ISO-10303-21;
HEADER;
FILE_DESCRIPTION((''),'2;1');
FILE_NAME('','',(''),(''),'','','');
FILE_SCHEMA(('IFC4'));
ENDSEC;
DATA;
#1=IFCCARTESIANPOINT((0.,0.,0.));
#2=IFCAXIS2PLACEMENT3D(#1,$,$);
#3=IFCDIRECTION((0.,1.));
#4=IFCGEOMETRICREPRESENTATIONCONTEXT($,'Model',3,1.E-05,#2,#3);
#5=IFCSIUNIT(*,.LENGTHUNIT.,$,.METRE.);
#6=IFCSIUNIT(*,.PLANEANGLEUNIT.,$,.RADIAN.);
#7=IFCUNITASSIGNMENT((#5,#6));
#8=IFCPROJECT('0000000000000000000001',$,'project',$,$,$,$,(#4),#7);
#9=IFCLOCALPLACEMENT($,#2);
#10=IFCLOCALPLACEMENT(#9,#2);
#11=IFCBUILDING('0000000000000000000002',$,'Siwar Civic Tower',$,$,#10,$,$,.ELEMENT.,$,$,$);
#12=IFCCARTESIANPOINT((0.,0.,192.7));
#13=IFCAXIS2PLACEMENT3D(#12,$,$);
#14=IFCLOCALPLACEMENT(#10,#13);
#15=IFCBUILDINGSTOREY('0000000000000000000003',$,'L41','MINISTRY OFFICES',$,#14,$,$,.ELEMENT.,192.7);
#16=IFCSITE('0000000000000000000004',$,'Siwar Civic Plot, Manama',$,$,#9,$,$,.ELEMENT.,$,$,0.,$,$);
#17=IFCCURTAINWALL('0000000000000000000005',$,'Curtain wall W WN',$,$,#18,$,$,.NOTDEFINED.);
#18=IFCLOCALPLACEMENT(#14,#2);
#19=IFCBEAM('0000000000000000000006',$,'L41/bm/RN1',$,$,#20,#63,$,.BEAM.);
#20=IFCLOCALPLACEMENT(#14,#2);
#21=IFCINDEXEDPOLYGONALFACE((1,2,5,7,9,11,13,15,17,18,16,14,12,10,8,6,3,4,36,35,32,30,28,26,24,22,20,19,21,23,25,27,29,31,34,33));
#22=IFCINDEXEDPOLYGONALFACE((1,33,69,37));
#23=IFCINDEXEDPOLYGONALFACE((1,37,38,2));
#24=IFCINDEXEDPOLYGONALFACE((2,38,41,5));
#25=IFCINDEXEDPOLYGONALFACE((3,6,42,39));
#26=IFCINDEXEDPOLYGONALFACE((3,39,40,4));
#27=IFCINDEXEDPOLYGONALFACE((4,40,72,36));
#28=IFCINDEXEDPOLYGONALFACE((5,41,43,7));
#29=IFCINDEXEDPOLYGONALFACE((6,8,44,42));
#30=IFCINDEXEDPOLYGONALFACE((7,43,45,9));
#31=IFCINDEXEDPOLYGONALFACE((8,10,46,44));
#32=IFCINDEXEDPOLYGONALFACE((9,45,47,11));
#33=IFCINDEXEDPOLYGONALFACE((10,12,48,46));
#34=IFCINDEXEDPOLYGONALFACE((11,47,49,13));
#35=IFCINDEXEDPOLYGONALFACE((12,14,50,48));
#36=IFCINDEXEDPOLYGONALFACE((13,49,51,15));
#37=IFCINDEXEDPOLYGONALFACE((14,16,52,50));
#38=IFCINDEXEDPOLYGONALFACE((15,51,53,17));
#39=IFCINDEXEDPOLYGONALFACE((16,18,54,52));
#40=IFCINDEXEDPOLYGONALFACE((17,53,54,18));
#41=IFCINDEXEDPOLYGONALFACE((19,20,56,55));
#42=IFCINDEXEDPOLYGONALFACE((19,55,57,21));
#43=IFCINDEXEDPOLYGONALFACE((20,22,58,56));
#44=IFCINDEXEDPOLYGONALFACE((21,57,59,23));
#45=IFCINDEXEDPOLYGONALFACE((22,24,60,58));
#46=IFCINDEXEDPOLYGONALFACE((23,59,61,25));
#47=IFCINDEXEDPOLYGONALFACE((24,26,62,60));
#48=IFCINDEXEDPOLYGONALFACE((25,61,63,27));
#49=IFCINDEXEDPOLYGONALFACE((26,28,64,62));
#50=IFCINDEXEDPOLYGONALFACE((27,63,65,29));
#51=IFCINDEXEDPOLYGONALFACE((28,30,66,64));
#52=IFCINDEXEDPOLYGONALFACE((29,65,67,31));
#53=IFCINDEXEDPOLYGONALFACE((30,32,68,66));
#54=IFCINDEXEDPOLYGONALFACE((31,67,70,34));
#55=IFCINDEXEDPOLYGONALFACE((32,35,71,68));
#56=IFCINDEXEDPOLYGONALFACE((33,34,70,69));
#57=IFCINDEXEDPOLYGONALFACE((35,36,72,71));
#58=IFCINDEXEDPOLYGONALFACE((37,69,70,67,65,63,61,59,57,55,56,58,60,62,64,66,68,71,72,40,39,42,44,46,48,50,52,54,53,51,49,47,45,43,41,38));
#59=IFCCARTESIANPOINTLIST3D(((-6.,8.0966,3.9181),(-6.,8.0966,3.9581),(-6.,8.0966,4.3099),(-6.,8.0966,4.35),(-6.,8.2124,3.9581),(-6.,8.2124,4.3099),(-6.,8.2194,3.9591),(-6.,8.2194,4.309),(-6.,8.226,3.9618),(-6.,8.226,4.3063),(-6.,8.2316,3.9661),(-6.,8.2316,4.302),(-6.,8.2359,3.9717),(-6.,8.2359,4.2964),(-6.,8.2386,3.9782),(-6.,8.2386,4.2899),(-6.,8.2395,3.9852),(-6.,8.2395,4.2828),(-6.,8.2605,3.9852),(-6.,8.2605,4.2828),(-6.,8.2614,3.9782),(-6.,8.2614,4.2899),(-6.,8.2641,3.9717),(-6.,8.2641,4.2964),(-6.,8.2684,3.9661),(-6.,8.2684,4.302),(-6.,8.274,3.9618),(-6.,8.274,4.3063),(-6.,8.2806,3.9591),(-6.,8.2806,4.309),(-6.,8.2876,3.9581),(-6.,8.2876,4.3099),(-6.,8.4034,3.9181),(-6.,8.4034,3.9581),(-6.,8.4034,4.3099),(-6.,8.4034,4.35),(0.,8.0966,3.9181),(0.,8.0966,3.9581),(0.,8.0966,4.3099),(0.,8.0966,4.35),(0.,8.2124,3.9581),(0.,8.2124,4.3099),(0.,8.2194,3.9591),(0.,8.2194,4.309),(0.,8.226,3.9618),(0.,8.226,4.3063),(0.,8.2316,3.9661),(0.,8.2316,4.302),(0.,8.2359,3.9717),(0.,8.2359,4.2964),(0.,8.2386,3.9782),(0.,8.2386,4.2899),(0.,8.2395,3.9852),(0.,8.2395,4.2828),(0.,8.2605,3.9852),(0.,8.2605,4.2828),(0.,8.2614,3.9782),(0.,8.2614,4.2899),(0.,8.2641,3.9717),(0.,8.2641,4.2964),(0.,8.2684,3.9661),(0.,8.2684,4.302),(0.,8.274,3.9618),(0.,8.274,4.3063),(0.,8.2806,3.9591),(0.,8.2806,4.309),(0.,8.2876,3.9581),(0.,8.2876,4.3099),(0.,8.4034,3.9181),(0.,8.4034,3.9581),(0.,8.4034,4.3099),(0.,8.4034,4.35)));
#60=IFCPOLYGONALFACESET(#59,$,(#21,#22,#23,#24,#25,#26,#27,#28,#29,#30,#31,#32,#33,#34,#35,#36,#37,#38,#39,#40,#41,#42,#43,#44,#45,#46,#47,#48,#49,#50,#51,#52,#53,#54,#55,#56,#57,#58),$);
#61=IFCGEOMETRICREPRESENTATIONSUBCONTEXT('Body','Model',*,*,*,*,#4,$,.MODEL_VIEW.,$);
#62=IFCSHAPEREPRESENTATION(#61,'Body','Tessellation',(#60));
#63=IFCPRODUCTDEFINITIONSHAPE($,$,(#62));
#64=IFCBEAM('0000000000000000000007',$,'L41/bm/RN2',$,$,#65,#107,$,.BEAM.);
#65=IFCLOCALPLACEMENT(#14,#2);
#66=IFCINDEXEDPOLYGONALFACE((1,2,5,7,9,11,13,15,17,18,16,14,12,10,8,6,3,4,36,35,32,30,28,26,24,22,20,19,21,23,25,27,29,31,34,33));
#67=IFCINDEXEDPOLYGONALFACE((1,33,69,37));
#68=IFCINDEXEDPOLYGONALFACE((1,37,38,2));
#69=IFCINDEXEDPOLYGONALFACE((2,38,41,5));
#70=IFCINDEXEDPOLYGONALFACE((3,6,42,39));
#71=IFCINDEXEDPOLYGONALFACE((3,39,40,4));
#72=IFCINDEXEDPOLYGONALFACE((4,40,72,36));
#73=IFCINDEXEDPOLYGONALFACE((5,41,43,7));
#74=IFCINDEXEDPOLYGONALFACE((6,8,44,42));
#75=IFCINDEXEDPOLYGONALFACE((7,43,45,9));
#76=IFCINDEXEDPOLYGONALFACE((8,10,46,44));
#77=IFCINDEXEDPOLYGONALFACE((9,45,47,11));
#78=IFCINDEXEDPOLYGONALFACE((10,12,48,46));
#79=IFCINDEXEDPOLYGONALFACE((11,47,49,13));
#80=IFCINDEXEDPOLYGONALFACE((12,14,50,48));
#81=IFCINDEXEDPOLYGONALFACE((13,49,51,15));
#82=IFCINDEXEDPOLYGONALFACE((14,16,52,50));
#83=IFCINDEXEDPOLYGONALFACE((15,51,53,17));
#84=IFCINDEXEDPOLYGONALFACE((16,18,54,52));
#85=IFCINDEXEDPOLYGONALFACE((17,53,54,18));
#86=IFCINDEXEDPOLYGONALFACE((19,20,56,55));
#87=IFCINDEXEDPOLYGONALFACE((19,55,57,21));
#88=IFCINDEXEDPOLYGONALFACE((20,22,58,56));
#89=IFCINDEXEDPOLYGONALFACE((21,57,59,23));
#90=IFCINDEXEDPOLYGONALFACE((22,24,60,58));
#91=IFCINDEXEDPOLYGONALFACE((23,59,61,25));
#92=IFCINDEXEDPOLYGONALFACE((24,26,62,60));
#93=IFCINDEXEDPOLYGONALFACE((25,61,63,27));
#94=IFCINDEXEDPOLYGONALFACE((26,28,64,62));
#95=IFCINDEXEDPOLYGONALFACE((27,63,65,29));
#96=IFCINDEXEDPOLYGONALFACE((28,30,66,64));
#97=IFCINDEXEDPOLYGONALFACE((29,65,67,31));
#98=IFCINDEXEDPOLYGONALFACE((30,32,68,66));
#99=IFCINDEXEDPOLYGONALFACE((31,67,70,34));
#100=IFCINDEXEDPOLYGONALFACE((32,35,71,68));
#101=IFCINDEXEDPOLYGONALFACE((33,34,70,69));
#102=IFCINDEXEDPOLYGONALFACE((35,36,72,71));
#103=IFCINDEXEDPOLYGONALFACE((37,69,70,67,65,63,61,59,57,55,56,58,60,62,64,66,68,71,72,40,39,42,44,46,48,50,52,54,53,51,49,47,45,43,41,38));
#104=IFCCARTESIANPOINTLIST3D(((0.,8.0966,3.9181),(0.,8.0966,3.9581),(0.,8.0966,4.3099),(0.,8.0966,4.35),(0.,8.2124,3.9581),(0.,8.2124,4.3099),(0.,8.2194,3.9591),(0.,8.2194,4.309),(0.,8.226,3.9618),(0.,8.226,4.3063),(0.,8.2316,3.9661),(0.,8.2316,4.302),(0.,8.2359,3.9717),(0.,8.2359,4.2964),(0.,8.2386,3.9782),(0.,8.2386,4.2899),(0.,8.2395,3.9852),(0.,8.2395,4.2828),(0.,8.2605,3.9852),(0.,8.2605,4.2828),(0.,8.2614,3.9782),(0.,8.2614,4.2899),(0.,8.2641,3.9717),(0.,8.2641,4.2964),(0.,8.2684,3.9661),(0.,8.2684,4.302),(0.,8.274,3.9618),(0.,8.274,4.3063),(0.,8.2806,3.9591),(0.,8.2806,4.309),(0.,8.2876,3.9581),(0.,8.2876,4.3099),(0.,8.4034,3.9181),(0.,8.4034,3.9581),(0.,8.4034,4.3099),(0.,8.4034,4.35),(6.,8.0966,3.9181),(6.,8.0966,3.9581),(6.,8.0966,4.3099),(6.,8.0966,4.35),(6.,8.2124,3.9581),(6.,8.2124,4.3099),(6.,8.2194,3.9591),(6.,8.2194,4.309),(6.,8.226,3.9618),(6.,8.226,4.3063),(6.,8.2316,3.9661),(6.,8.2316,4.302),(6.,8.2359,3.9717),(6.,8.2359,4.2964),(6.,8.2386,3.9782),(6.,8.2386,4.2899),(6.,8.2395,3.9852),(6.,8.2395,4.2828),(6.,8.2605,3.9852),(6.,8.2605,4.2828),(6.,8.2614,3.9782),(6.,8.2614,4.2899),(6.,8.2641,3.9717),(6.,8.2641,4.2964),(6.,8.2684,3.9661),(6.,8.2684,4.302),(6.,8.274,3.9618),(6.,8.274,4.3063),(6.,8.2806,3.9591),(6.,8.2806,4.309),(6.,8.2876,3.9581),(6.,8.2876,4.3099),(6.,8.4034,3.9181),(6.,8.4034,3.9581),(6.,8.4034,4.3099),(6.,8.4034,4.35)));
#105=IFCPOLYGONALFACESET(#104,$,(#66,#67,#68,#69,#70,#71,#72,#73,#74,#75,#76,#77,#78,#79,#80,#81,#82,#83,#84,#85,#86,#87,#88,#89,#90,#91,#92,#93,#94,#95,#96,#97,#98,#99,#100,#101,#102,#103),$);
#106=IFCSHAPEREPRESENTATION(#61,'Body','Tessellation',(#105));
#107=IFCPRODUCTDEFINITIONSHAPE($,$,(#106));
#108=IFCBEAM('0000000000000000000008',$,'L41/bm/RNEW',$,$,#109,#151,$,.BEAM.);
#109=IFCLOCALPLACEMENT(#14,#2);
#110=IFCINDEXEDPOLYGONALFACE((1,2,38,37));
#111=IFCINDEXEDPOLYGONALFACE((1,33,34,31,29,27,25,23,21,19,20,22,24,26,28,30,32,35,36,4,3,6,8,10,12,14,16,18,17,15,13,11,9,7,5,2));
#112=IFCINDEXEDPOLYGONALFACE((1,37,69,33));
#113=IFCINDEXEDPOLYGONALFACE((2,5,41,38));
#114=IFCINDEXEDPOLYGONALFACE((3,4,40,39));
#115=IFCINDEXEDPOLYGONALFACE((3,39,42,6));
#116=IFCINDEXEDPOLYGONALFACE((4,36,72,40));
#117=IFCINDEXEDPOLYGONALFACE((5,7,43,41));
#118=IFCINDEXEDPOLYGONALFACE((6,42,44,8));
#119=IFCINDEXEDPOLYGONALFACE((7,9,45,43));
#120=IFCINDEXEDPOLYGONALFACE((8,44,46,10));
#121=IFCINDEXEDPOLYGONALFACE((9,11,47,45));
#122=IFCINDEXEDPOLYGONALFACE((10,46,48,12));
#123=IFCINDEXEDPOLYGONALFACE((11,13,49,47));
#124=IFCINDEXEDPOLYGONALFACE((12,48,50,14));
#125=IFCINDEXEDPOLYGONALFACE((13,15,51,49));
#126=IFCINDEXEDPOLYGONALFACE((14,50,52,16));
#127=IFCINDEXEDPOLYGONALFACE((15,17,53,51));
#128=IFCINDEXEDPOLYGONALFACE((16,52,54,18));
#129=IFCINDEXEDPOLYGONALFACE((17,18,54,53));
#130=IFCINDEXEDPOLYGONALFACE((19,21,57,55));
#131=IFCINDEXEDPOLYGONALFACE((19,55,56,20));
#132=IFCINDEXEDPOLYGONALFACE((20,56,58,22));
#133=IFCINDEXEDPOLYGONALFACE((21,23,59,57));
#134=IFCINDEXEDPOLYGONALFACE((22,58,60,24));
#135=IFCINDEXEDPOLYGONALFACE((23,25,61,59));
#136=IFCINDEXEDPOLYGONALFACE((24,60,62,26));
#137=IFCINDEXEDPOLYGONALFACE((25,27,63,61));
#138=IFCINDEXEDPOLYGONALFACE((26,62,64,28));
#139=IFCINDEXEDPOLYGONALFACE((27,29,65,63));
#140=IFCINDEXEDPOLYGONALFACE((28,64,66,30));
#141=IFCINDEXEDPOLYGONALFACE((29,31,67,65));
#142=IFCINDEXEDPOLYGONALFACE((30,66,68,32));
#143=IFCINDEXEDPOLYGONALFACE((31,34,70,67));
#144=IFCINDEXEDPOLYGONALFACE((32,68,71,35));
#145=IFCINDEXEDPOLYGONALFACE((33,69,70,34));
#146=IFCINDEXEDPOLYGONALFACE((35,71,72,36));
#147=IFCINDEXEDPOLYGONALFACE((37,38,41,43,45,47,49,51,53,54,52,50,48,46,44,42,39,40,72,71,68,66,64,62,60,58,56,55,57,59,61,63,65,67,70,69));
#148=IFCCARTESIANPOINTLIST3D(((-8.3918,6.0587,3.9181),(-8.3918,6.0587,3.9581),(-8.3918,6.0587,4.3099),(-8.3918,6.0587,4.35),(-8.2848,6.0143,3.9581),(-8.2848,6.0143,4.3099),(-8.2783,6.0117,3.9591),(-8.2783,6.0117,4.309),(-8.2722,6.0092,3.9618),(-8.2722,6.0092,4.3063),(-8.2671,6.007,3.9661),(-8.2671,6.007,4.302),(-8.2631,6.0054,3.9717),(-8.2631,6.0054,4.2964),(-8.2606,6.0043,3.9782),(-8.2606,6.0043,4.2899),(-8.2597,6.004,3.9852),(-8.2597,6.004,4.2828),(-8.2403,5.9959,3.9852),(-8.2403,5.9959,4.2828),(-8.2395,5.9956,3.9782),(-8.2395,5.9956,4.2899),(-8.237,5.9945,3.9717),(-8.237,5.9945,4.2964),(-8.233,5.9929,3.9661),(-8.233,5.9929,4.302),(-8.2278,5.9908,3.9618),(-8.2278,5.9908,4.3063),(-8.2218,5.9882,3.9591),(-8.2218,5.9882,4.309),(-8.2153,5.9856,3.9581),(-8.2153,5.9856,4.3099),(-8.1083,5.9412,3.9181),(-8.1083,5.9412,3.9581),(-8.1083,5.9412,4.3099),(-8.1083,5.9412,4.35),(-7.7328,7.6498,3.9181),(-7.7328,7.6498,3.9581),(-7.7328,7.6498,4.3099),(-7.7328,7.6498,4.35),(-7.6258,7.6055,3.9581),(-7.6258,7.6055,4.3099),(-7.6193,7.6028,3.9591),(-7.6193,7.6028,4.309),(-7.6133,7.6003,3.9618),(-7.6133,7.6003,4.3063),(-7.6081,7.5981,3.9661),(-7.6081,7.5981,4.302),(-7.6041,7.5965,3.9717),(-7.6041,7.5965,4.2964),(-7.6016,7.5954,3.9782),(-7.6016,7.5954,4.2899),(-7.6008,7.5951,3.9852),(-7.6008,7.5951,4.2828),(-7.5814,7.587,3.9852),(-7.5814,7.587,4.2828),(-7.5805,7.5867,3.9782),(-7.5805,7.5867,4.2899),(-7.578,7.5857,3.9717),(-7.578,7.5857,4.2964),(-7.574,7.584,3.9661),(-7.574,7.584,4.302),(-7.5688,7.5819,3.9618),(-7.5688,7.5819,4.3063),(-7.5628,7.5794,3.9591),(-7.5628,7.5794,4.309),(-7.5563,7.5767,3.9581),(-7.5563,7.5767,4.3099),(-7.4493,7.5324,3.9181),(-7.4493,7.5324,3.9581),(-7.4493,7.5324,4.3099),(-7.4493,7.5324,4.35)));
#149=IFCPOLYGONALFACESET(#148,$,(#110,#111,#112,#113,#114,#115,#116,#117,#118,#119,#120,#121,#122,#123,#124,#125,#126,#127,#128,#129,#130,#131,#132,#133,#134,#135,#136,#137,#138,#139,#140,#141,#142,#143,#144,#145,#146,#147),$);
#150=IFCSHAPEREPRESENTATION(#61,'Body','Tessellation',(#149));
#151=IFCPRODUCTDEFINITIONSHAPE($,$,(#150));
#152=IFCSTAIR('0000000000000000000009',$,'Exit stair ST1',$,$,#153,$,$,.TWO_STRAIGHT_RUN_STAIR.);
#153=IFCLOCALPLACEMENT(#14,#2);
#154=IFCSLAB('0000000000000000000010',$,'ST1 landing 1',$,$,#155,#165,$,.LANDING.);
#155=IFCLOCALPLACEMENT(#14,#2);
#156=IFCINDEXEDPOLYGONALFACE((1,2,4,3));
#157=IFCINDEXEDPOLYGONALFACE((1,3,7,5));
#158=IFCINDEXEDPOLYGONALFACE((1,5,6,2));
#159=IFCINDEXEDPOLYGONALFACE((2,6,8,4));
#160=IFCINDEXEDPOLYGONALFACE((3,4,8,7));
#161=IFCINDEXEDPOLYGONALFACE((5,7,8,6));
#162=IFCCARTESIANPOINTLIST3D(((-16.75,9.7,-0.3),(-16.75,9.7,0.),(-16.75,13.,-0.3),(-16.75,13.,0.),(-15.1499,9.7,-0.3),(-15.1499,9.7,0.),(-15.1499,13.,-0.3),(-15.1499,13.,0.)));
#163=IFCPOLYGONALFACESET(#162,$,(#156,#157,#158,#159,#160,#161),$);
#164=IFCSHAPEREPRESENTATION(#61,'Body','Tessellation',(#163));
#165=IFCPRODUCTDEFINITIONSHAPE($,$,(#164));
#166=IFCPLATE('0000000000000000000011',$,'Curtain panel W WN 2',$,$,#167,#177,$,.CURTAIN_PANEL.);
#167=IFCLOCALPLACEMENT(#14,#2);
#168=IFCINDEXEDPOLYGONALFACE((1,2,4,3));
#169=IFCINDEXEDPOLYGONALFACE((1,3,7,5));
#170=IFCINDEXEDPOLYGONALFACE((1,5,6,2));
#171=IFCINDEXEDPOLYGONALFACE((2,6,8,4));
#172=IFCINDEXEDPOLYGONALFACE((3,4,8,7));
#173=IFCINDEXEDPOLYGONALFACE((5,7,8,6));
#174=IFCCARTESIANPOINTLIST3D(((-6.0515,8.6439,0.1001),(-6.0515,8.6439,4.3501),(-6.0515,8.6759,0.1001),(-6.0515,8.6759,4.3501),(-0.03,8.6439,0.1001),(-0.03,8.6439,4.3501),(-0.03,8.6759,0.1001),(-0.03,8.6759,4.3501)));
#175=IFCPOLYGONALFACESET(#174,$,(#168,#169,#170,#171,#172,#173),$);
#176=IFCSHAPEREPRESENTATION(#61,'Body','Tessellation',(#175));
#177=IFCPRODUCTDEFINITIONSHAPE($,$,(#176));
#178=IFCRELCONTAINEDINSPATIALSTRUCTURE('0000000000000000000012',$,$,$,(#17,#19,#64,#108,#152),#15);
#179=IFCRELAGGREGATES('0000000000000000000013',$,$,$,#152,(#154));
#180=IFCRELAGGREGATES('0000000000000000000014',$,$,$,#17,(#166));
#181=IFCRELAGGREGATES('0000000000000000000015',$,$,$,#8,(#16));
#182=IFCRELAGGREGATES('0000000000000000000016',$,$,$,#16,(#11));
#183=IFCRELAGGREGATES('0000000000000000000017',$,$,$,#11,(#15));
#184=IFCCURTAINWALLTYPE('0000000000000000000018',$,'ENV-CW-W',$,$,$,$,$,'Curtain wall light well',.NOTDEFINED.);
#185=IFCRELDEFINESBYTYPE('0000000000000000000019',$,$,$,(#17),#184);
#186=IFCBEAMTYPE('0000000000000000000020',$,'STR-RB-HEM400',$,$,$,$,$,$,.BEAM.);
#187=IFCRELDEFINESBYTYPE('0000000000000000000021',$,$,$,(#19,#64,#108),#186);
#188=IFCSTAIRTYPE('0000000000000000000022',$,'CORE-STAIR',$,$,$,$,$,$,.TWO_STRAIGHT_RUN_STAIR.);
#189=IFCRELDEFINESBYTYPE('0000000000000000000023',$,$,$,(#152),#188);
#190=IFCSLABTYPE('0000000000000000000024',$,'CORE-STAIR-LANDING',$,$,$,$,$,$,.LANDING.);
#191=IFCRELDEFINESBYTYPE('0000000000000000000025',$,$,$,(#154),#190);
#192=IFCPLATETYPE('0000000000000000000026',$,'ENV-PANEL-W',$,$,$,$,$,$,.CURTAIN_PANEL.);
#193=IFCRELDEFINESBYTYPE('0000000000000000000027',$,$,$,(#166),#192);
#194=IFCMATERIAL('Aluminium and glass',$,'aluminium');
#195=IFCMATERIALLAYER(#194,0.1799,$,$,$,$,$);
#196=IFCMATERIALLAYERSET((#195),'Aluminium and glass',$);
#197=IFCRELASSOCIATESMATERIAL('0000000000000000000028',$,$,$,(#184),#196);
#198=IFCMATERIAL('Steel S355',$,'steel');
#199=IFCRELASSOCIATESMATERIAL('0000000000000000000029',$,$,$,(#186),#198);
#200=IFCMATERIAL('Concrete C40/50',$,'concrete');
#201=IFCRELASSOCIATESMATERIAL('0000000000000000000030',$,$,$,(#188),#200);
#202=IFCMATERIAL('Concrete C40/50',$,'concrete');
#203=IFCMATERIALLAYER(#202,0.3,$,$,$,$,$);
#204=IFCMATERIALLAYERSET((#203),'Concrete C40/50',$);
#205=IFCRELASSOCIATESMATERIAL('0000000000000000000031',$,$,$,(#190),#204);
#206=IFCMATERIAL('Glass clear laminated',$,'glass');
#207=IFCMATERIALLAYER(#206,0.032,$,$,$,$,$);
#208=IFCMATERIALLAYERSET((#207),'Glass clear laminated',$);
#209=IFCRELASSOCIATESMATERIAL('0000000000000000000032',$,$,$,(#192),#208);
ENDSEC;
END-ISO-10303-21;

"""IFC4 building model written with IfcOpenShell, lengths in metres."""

from ifc_helpers import new_model, si_unit, direction, frame, origin, origin_2d, place, context, subcontext, project, spatial, polyline, rectangle, i_section, outline, extrude, material, layer, layer_set, material_profile, profile_set, type_object, element, aggregate, save


model = new_model("IFC4")

# Units and contexts
model_context = context("Model", 3, precision=1e-05, world=origin(), true_north=direction((0.0, 1.0)))
body_context = subcontext(model_context, "Body", "Model", "MODEL_VIEW")
ifc_project = project(units=[si_unit("LENGTHUNIT", "METRE"), si_unit("PLANEANGLEUNIT", "RADIAN")], contexts=[model_context])

# Site, building, storey
site_placement = place(None, origin())
site = spatial("IfcSite", under=ifc_project, at=site_placement, Name="Siwar Civic Plot, Manama", CompositionType="ELEMENT", RefElevation=0.0)
building_placement = place(site_placement, origin())
building = spatial("IfcBuilding", under=site, at=building_placement, Name="Siwar Civic Tower", CompositionType="ELEMENT")
storey_placement = place(building_placement, frame((0.0, 0.0, 192.7)))
storey = spatial("IfcBuildingStorey", under=building, at=storey_placement, Name="L41", Description="MINISTRY OFFICES", CompositionType="ELEMENT", Elevation=192.7)

# Curtain wall
ifc_material_1 = material(Name="Aluminium and glass", Category="aluminium")
ifc_layer_1 = layer(ifc_material_1, 0.1799)
ifc_layer_set_1 = layer_set([ifc_layer_1], Name="Aluminium and glass")
curtain_wall_type = type_object("IfcCurtainWallType", Name="ENV-CW-W", ElementType="Curtain wall light well", PredefinedType="NOTDEFINED", material=ifc_layer_set_1)
curtain_wall_placement = place(storey_placement, origin())
curtain_wall = element("IfcCurtainWall", 1, at=curtain_wall_placement, inside=storey, type_object=curtain_wall_type, Name="Curtain wall W WN", PredefinedType="NOTDEFINED")

# Beams
ifc_material_2 = material(Name="Steel S355", Category="steel")
ifc_material_profile_1 = material_profile(ifc_material_2, i_section(OverallWidth=0.3069, OverallDepth=0.4319, WebThickness=0.021, FlangeThickness=0.04, FilletRadius=0.0271, at=origin_2d()), Name="HEM400")
ifc_profile_set_1 = profile_set([ifc_material_profile_1], Name="Steel S355")
beam_type_1 = type_object("IfcBeamType", Name="STR-RB-HEM400", PredefinedType="BEAM", material=ifc_profile_set_1)
for number, where, z_axis, x_axis, name in (
    (2, (-6.0, 8.25, 4.134), (1.0, 0.0, 0.0), (0.0, 1.0, 0.0), "L41/bm/RN1"),
    (3, (0.0, 8.25, 4.134), (1.0, 0.0, 0.0), (0.0, 1.0, 0.0), "L41/bm/RN2"),
):
    element("IfcBeam", number, at=place(storey_placement, frame(where, z_axis=z_axis, x_axis=x_axis)), inside=storey, type_object=beam_type_1, Name=name, PredefinedType="BEAM", context=body_context, shape_type="SweptSolid", body=[
        extrude(i_section(OverallWidth=0.3069, OverallDepth=0.4319, WebThickness=0.021, FlangeThickness=0.04, FilletRadius=0.0271, at=origin_2d()), origin(), (0.0, 0.0, 1.0), 6.0),
    ])
beam_1_placement = place(storey_placement, frame((-7.5911, 7.5911, 4.134), z_axis=(-0.382631, -0.923901, 0.0), x_axis=(0.923901, -0.382631, 0.0)))
element("IfcBeam", 4, at=beam_1_placement, inside=storey, type_object=beam_type_1, Name="L41/bm/RNEW", PredefinedType="BEAM", context=body_context, shape_type="SweptSolid", body=[
    extrude(i_section(OverallWidth=0.3069, OverallDepth=0.4319, WebThickness=0.021, FlangeThickness=0.04, FilletRadius=0.0271, at=origin_2d()), origin(), (0.0, 0.0, 1.0), 1.7222),
])

# Stair, slab
ifc_material_3 = material(Name="Concrete C40/50", Category="concrete")
stair_type = type_object("IfcStairType", Name="CORE-STAIR", PredefinedType="TWO_STRAIGHT_RUN_STAIR", material=ifc_material_3)
stair_placement = place(storey_placement, origin())
stair = element("IfcStair", 5, at=stair_placement, inside=storey, type_object=stair_type, Name="Exit stair ST1", PredefinedType="TWO_STRAIGHT_RUN_STAIR")
ifc_material_4 = material(Name="Concrete C40/50", Category="concrete")
ifc_layer_2 = layer(ifc_material_4, 0.3)
ifc_layer_set_2 = layer_set([ifc_layer_2], Name="Concrete C40/50")
slab_type_1 = type_object("IfcSlabType", Name="CORE-STAIR-LANDING", PredefinedType="LANDING", material=ifc_layer_set_2)
slab_1_placement = place(storey_placement, frame((0.0, 0.0, -0.3)))
slab_1 = element("IfcSlab", 6, at=slab_1_placement, type_object=slab_type_1, Name="ST1 landing 1", PredefinedType="LANDING", context=body_context, shape_type="SweptSolid", body=[
    extrude(outline(polyline([(-15.1499, 13.0), (-16.75, 13.0), (-16.75, 9.7), (-15.1499, 9.7), (-15.1499, 13.0)])), origin(), (0.0, 0.0, 1.0), 0.3),
])
aggregate(stair, [slab_1])

# Plate
ifc_material_5 = material(Name="Glass clear laminated", Category="glass")
ifc_layer_3 = layer(ifc_material_5, 0.032)
ifc_layer_set_3 = layer_set([ifc_layer_3], Name="Glass clear laminated")
plate_type = type_object("IfcPlateType", Name="ENV-PANEL-W", PredefinedType="CURTAIN_PANEL", material=ifc_layer_set_3)
plate_placement = place(storey_placement, frame((-3.0408, 8.6599, 0.1001), z_axis=(0.0, 0.0, 1.0), x_axis=(-1.0, 0.0, 0.0)))
plate = element("IfcPlate", 7, at=plate_placement, type_object=plate_type, Name="Curtain panel W WN 2", PredefinedType="CURTAIN_PANEL", context=body_context, shape_type="SweptSolid", body=[
    extrude(rectangle(XDim=6.0215, YDim=0.032, at=origin_2d()), origin(), (0.0, 0.0, 1.0), 4.25),
])
aggregate(curtain_wall, [plate])

save(model, "model.ifc")
